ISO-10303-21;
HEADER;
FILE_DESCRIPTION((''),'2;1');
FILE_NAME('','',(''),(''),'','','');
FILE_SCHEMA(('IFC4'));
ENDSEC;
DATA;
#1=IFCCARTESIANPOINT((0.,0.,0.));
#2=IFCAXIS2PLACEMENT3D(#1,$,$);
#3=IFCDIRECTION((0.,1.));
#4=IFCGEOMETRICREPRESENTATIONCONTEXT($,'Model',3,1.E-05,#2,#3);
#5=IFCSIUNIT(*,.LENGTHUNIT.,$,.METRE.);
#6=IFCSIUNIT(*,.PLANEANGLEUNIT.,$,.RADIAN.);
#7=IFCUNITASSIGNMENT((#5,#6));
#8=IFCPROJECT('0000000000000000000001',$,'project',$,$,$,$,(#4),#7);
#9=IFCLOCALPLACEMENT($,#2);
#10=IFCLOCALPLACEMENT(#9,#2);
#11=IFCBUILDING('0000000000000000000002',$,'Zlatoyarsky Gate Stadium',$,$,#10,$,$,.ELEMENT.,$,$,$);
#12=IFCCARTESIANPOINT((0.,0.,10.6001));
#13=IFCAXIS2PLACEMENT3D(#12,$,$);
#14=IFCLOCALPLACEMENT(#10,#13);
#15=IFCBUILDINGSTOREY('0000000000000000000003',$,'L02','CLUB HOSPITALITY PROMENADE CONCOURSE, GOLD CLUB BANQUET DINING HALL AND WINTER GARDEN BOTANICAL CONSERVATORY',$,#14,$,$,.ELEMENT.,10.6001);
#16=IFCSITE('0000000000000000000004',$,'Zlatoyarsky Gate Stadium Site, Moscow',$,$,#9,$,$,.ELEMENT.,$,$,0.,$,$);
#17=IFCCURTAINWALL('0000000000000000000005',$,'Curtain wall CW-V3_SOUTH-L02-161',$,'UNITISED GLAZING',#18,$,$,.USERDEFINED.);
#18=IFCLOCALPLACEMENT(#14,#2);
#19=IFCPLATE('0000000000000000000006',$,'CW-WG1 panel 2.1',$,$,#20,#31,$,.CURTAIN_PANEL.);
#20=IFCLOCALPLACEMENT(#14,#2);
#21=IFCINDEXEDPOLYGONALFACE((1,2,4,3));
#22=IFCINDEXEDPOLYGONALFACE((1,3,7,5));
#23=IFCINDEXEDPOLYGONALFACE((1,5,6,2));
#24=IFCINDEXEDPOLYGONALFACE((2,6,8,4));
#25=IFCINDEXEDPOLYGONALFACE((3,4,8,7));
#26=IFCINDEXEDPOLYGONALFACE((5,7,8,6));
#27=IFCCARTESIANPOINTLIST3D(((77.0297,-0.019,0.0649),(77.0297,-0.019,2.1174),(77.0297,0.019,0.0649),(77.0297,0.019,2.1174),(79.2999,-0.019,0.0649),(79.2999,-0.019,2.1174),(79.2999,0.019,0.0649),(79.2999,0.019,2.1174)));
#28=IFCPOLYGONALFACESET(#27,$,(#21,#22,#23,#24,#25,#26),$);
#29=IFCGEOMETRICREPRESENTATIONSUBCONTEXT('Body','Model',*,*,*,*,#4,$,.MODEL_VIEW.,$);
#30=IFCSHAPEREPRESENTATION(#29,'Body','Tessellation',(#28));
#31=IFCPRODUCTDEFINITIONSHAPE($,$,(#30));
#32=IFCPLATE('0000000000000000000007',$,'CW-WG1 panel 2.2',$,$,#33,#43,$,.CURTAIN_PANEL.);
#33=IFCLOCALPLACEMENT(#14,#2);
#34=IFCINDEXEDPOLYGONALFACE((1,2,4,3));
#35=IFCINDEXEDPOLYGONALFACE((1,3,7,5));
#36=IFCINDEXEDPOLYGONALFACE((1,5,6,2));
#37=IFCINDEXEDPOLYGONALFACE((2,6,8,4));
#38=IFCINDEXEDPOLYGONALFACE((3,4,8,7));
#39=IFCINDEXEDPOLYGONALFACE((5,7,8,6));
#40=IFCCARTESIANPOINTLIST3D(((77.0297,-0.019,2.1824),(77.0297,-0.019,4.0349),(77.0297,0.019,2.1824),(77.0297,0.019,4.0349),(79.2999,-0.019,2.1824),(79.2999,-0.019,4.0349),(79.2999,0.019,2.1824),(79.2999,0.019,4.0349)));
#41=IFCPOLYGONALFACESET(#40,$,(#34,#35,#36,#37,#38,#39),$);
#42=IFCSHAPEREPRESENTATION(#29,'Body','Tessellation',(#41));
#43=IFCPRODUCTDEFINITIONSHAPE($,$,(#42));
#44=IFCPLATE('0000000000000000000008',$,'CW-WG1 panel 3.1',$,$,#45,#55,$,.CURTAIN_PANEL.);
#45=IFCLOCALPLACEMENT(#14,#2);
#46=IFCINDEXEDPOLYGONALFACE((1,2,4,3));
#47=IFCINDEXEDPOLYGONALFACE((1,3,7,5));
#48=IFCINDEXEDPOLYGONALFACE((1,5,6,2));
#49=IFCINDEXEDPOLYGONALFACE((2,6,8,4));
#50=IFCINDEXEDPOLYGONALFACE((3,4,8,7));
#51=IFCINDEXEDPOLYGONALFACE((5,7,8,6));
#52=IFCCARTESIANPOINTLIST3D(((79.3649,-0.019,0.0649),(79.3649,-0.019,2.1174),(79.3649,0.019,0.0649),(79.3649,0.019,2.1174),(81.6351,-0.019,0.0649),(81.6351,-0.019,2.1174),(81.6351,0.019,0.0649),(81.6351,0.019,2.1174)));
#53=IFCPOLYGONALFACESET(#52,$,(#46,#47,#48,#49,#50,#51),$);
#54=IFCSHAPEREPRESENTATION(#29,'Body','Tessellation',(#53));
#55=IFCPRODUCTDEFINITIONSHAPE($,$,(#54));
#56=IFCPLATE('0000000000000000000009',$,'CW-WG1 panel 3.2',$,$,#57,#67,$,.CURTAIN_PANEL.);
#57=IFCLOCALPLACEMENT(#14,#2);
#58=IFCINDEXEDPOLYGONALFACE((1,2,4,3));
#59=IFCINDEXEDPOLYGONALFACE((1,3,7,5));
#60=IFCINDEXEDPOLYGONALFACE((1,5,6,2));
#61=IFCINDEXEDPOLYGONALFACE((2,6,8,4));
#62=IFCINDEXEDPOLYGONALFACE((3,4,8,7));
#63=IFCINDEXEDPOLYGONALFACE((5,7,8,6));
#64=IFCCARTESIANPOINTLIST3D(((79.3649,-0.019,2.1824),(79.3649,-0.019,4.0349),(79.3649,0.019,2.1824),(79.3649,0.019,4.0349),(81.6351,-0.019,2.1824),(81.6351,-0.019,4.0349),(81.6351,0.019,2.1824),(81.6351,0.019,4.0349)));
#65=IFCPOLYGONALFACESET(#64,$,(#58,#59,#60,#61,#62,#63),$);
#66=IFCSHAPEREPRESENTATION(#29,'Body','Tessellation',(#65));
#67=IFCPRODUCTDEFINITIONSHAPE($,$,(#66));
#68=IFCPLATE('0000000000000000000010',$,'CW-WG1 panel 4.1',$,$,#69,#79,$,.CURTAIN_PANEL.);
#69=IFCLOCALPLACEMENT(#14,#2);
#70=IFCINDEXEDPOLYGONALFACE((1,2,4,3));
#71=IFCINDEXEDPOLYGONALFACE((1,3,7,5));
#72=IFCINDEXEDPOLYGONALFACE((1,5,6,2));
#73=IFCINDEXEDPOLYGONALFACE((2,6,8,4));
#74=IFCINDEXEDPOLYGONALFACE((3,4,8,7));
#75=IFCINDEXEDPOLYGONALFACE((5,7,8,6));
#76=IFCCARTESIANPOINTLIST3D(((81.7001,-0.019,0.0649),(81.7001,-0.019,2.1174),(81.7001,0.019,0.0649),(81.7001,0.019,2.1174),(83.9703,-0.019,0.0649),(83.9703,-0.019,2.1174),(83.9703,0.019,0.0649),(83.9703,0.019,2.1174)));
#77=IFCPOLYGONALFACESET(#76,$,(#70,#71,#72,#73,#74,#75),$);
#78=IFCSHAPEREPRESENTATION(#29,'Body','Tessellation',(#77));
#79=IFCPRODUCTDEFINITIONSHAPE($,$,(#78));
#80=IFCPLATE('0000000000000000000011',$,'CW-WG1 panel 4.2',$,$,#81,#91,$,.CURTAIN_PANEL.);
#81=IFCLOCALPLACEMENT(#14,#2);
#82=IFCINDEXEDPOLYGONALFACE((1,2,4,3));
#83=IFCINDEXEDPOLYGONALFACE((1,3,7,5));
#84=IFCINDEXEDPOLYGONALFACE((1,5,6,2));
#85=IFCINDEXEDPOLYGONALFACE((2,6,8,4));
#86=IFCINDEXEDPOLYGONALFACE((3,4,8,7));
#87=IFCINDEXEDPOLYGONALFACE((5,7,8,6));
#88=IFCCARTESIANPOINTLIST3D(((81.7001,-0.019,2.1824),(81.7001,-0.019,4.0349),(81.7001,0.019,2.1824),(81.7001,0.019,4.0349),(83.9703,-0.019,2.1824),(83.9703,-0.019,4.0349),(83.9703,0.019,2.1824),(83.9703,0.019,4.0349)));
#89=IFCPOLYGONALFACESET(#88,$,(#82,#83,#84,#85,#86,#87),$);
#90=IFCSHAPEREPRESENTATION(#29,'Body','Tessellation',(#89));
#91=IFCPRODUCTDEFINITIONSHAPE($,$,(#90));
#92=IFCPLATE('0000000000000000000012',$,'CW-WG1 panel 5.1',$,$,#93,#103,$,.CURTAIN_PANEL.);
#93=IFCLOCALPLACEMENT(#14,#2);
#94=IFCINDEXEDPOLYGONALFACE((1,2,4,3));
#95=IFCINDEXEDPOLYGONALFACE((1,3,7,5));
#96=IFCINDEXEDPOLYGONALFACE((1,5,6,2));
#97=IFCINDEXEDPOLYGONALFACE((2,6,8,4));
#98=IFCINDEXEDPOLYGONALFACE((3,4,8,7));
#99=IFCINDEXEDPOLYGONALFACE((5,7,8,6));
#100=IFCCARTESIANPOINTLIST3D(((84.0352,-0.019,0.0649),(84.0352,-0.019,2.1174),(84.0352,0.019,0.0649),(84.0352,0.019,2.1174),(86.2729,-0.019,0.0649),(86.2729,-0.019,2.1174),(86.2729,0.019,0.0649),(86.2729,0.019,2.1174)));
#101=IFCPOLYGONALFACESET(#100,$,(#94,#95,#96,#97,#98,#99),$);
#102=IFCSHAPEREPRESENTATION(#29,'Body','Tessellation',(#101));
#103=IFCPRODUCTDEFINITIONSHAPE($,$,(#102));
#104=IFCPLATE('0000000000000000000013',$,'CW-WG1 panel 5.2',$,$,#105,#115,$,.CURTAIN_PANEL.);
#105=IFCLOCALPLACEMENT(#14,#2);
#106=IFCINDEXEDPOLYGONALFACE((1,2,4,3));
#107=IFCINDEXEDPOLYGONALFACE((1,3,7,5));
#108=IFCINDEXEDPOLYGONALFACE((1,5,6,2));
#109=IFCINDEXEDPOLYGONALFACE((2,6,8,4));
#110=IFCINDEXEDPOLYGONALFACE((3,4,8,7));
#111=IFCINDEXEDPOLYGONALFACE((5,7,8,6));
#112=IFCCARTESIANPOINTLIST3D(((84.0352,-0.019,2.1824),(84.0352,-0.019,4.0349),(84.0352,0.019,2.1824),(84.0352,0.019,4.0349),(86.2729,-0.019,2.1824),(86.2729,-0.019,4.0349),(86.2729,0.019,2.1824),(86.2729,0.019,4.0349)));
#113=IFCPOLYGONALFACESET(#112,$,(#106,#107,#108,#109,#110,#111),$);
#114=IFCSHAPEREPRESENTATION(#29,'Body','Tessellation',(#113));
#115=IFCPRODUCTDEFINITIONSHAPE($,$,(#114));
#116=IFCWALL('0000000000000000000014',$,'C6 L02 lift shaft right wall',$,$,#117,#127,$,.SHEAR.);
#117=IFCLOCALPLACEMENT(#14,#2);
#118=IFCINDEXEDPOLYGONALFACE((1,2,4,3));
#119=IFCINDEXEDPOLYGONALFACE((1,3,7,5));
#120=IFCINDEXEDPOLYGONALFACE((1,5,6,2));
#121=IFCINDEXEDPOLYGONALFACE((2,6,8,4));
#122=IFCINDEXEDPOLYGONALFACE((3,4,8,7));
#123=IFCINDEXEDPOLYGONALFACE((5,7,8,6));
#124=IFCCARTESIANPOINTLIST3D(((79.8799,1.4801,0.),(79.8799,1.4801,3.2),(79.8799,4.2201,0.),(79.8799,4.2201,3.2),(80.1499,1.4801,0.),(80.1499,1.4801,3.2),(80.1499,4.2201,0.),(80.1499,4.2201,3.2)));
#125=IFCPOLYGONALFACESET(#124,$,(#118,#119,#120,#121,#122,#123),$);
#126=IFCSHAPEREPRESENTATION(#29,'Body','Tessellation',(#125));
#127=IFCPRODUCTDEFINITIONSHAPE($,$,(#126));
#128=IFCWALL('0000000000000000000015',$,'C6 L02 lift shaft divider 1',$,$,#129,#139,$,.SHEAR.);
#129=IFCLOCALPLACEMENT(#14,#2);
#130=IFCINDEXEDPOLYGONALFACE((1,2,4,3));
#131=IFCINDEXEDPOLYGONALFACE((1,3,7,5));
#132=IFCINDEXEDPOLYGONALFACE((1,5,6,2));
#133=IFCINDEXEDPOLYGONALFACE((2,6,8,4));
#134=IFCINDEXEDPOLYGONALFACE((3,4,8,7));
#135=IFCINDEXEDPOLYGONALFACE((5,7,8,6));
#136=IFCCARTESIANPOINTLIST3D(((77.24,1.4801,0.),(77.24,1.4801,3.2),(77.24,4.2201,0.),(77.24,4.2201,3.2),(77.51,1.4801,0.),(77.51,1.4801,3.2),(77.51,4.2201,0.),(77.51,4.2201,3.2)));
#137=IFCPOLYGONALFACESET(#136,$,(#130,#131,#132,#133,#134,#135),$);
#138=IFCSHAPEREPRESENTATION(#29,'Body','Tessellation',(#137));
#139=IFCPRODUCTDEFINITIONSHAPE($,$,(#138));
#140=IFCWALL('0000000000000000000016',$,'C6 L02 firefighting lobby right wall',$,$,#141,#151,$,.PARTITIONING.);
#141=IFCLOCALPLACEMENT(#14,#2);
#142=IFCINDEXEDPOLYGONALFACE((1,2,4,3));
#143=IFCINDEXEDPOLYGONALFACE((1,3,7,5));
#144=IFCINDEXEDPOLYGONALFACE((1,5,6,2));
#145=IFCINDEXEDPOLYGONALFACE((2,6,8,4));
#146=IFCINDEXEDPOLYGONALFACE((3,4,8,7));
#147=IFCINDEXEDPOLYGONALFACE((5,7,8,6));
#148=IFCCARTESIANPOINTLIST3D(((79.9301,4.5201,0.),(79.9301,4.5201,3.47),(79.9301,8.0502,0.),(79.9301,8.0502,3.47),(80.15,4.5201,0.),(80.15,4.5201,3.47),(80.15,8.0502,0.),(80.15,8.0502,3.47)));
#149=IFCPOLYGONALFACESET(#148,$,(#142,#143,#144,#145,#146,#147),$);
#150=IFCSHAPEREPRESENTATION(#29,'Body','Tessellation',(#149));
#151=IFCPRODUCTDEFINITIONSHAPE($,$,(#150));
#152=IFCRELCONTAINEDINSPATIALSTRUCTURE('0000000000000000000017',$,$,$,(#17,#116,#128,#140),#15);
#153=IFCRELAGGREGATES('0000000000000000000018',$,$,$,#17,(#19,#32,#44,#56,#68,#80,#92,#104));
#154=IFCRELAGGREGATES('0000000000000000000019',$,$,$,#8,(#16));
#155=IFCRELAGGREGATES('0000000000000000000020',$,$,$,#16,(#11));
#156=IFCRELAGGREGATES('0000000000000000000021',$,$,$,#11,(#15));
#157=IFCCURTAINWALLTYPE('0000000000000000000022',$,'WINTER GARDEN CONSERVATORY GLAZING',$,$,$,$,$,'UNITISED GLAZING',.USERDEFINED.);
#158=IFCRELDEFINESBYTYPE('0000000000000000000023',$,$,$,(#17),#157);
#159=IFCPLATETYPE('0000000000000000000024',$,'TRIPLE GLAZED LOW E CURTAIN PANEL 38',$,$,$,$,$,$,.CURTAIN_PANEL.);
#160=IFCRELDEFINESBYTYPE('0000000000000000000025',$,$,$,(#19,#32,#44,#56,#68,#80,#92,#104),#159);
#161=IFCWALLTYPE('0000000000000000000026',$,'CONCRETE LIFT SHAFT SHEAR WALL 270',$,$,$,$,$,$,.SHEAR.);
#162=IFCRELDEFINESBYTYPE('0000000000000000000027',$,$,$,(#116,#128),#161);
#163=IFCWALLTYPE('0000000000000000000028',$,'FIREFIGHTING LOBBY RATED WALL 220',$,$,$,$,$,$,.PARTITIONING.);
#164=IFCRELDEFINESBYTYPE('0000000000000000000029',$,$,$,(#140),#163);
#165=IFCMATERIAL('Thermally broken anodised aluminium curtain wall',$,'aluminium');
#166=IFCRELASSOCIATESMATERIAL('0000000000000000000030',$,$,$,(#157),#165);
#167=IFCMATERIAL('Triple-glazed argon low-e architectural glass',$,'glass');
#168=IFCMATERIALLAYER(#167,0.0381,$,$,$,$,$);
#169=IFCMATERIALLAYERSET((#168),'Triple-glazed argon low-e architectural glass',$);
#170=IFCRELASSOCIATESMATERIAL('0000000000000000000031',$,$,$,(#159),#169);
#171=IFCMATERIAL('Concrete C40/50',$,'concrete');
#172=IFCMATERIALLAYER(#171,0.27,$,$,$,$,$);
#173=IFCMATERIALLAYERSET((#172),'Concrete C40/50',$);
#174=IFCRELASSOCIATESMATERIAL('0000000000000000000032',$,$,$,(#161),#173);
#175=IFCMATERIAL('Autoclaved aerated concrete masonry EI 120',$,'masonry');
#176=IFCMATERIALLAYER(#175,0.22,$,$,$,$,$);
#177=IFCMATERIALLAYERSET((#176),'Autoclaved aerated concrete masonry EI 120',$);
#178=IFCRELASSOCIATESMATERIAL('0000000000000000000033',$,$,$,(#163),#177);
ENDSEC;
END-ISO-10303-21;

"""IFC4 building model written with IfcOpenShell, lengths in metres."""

from ifc_helpers import new_model, si_unit, direction, frame, frame_2d, origin, origin_2d, place, context, subcontext, project, spatial, rectangle, extrude, material, layer, layer_set, type_object, element, aggregate, save


model = new_model("IFC4")

# Units and contexts
model_context = context("Model", 3, precision=1e-05, world=origin(), true_north=direction((0.0, 1.0)))
body_context = subcontext(model_context, "Body", "Model", "MODEL_VIEW")
ifc_project = project(units=[si_unit("LENGTHUNIT", "METRE"), si_unit("PLANEANGLEUNIT", "RADIAN")], contexts=[model_context])

# Site, building, storey
site_placement = place(None, origin())
site = spatial("IfcSite", under=ifc_project, at=site_placement, Name="Zlatoyarsky Gate Stadium Site, Moscow", CompositionType="ELEMENT", RefElevation=0.0)
building_placement = place(site_placement, origin())
building = spatial("IfcBuilding", under=site, at=building_placement, Name="Zlatoyarsky Gate Stadium", CompositionType="ELEMENT")
storey_placement = place(building_placement, frame((0.0, 0.0, 10.6001)))
storey = spatial("IfcBuildingStorey", under=building, at=storey_placement, Name="L02", Description="CLUB HOSPITALITY PROMENADE CONCOURSE, GOLD CLUB BANQUET DINING HALL AND WINTER GARDEN BOTANICAL CONSERVATORY", CompositionType="ELEMENT", Elevation=10.6001)

# Curtain wall
ifc_material_1 = material(Name="Thermally broken anodised aluminium curtain wall", Category="aluminium")
curtain_wall_type = type_object("IfcCurtainWallType", Name="WINTER GARDEN CONSERVATORY GLAZING", ElementType="UNITISED GLAZING", PredefinedType="USERDEFINED", material=ifc_material_1)
curtain_wall_placement = place(storey_placement, origin())
curtain_wall = element("IfcCurtainWall", 1, at=curtain_wall_placement, inside=storey, type_object=curtain_wall_type, Name="Curtain wall CW-V3_SOUTH-L02-161", ObjectType="UNITISED GLAZING", PredefinedType="USERDEFINED")

# Plates
ifc_material_2 = material(Name="Triple-glazed argon low-e architectural glass", Category="glass")
ifc_layer_1 = layer(ifc_material_2, 0.0381)
ifc_layer_set_1 = layer_set([ifc_layer_1], Name="Triple-glazed argon low-e architectural glass")
plate_type = type_object("IfcPlateType", Name="TRIPLE GLAZED LOW E CURTAIN PANEL 38", PredefinedType="CURTAIN_PANEL", material=ifc_layer_set_1)
plate_1_placement = place(storey_placement, frame((78.1648, 0.0, 0.0649), z_axis=(0.0, 0.0, 1.0), x_axis=(1.0, 0.0, 0.0)))
plate_1 = element("IfcPlate", 2, at=plate_1_placement, type_object=plate_type, Name="CW-WG1 panel 2.1", PredefinedType="CURTAIN_PANEL", context=body_context, shape_type="SweptSolid", body=[
    extrude(rectangle(XDim=2.2703, YDim=0.0381, at=origin_2d()), origin(), (0.0, 0.0, 1.0), 2.0525),
])
plate_2_placement = place(storey_placement, frame((78.1648, 0.0, 2.1824), z_axis=(0.0, 0.0, 1.0), x_axis=(1.0, 0.0, 0.0)))
plate_2 = element("IfcPlate", 3, at=plate_2_placement, type_object=plate_type, Name="CW-WG1 panel 2.2", PredefinedType="CURTAIN_PANEL", context=body_context, shape_type="SweptSolid", body=[
    extrude(rectangle(XDim=2.2703, YDim=0.0381, at=origin_2d()), origin(), (0.0, 0.0, 1.0), 1.8525),
])
plate_3_placement = place(storey_placement, frame((80.5, 0.0, 0.0649), z_axis=(0.0, 0.0, 1.0), x_axis=(1.0, 0.0, 0.0)))
plate_3 = element("IfcPlate", 4, at=plate_3_placement, type_object=plate_type, Name="CW-WG1 panel 3.1", PredefinedType="CURTAIN_PANEL", context=body_context, shape_type="SweptSolid", body=[
    extrude(rectangle(XDim=2.2703, YDim=0.0381, at=origin_2d()), origin(), (0.0, 0.0, 1.0), 2.0525),
])
plate_4_placement = place(storey_placement, frame((80.5, 0.0, 2.1824), z_axis=(0.0, 0.0, 1.0), x_axis=(1.0, 0.0, 0.0)))
plate_4 = element("IfcPlate", 5, at=plate_4_placement, type_object=plate_type, Name="CW-WG1 panel 3.2", PredefinedType="CURTAIN_PANEL", context=body_context, shape_type="SweptSolid", body=[
    extrude(rectangle(XDim=2.2703, YDim=0.0381, at=origin_2d()), origin(), (0.0, 0.0, 1.0), 1.8525),
])
plate_5_placement = place(storey_placement, frame((82.8352, 0.0, 0.0649), z_axis=(0.0, 0.0, 1.0), x_axis=(1.0, 0.0, 0.0)))
plate_5 = element("IfcPlate", 6, at=plate_5_placement, type_object=plate_type, Name="CW-WG1 panel 4.1", PredefinedType="CURTAIN_PANEL", context=body_context, shape_type="SweptSolid", body=[
    extrude(rectangle(XDim=2.2703, YDim=0.0381, at=origin_2d()), origin(), (0.0, 0.0, 1.0), 2.0525),
])
plate_6_placement = place(storey_placement, frame((82.8352, 0.0, 2.1824), z_axis=(0.0, 0.0, 1.0), x_axis=(1.0, 0.0, 0.0)))
plate_6 = element("IfcPlate", 7, at=plate_6_placement, type_object=plate_type, Name="CW-WG1 panel 4.2", PredefinedType="CURTAIN_PANEL", context=body_context, shape_type="SweptSolid", body=[
    extrude(rectangle(XDim=2.2703, YDim=0.0381, at=origin_2d()), origin(), (0.0, 0.0, 1.0), 1.8525),
])
plate_7_placement = place(storey_placement, frame((85.1541, 0.0, 0.0649), z_axis=(0.0, 0.0, 1.0), x_axis=(1.0, 0.0, 0.0)))
plate_7 = element("IfcPlate", 8, at=plate_7_placement, type_object=plate_type, Name="CW-WG1 panel 5.1", PredefinedType="CURTAIN_PANEL", context=body_context, shape_type="SweptSolid", body=[
    extrude(rectangle(XDim=2.2378, YDim=0.0381, at=origin_2d()), origin(), (0.0, 0.0, 1.0), 2.0525),
])
plate_8_placement = place(storey_placement, frame((85.1541, 0.0, 2.1824), z_axis=(0.0, 0.0, 1.0), x_axis=(1.0, 0.0, 0.0)))
plate_8 = element("IfcPlate", 9, at=plate_8_placement, type_object=plate_type, Name="CW-WG1 panel 5.2", PredefinedType="CURTAIN_PANEL", context=body_context, shape_type="SweptSolid", body=[
    extrude(rectangle(XDim=2.2378, YDim=0.0381, at=origin_2d()), origin(), (0.0, 0.0, 1.0), 1.8525),
])
aggregate(curtain_wall, [plate_1, plate_2, plate_3, plate_4, plate_5, plate_6, plate_7, plate_8])

# Walls
ifc_material_3 = material(Name="Concrete C40/50", Category="concrete")
ifc_layer_2 = layer(ifc_material_3, 0.27)
ifc_layer_set_2 = layer_set([ifc_layer_2], Name="Concrete C40/50")
wall_type_1 = type_object("IfcWallType", Name="CONCRETE LIFT SHAFT SHEAR WALL 270", PredefinedType="SHEAR", material=ifc_layer_set_2)
for number, where, z_axis, x_axis, name in (
    (10, (80.0149, 1.48, 0.0), (0.0, 0.0, 1.0), (0.0, 1.0, 0.0), "C6 L02 lift shaft right wall"),
    (11, (77.375, 1.48, 0.0), (0.0, 0.0, 1.0), (0.0, 1.0, 0.0), "C6 L02 lift shaft divider 1"),
):
    element("IfcWall", number, at=place(storey_placement, frame(where, z_axis=z_axis, x_axis=x_axis)), inside=storey, type_object=wall_type_1, Name=name, PredefinedType="SHEAR", context=body_context, shape_type="SweptSolid", body=[
        extrude(rectangle(XDim=2.74, YDim=0.27, at=frame_2d((1.3701, 0.0))), origin(), (0.0, 0.0, 1.0), 3.2),
    ])
ifc_material_4 = material(Name="Autoclaved aerated concrete masonry EI 120", Category="masonry")
ifc_layer_3 = layer(ifc_material_4, 0.22)
ifc_layer_set_3 = layer_set([ifc_layer_3], Name="Autoclaved aerated concrete masonry EI 120")
wall_type_2 = type_object("IfcWallType", Name="FIREFIGHTING LOBBY RATED WALL 220", PredefinedType="PARTITIONING", material=ifc_layer_set_3)
wall_placement = place(storey_placement, frame((80.04, 4.52, 0.0), z_axis=(0.0, 0.0, 1.0), x_axis=(0.0, 1.0, 0.0)))
element("IfcWall", 12, at=wall_placement, inside=storey, type_object=wall_type_2, Name="C6 L02 firefighting lobby right wall", PredefinedType="PARTITIONING", context=body_context, shape_type="SweptSolid", body=[
    extrude(rectangle(XDim=3.53, YDim=0.22, at=frame_2d((1.7651, 0.0))), origin(), (0.0, 0.0, 1.0), 3.47),
])

save(model, "model.ifc")
